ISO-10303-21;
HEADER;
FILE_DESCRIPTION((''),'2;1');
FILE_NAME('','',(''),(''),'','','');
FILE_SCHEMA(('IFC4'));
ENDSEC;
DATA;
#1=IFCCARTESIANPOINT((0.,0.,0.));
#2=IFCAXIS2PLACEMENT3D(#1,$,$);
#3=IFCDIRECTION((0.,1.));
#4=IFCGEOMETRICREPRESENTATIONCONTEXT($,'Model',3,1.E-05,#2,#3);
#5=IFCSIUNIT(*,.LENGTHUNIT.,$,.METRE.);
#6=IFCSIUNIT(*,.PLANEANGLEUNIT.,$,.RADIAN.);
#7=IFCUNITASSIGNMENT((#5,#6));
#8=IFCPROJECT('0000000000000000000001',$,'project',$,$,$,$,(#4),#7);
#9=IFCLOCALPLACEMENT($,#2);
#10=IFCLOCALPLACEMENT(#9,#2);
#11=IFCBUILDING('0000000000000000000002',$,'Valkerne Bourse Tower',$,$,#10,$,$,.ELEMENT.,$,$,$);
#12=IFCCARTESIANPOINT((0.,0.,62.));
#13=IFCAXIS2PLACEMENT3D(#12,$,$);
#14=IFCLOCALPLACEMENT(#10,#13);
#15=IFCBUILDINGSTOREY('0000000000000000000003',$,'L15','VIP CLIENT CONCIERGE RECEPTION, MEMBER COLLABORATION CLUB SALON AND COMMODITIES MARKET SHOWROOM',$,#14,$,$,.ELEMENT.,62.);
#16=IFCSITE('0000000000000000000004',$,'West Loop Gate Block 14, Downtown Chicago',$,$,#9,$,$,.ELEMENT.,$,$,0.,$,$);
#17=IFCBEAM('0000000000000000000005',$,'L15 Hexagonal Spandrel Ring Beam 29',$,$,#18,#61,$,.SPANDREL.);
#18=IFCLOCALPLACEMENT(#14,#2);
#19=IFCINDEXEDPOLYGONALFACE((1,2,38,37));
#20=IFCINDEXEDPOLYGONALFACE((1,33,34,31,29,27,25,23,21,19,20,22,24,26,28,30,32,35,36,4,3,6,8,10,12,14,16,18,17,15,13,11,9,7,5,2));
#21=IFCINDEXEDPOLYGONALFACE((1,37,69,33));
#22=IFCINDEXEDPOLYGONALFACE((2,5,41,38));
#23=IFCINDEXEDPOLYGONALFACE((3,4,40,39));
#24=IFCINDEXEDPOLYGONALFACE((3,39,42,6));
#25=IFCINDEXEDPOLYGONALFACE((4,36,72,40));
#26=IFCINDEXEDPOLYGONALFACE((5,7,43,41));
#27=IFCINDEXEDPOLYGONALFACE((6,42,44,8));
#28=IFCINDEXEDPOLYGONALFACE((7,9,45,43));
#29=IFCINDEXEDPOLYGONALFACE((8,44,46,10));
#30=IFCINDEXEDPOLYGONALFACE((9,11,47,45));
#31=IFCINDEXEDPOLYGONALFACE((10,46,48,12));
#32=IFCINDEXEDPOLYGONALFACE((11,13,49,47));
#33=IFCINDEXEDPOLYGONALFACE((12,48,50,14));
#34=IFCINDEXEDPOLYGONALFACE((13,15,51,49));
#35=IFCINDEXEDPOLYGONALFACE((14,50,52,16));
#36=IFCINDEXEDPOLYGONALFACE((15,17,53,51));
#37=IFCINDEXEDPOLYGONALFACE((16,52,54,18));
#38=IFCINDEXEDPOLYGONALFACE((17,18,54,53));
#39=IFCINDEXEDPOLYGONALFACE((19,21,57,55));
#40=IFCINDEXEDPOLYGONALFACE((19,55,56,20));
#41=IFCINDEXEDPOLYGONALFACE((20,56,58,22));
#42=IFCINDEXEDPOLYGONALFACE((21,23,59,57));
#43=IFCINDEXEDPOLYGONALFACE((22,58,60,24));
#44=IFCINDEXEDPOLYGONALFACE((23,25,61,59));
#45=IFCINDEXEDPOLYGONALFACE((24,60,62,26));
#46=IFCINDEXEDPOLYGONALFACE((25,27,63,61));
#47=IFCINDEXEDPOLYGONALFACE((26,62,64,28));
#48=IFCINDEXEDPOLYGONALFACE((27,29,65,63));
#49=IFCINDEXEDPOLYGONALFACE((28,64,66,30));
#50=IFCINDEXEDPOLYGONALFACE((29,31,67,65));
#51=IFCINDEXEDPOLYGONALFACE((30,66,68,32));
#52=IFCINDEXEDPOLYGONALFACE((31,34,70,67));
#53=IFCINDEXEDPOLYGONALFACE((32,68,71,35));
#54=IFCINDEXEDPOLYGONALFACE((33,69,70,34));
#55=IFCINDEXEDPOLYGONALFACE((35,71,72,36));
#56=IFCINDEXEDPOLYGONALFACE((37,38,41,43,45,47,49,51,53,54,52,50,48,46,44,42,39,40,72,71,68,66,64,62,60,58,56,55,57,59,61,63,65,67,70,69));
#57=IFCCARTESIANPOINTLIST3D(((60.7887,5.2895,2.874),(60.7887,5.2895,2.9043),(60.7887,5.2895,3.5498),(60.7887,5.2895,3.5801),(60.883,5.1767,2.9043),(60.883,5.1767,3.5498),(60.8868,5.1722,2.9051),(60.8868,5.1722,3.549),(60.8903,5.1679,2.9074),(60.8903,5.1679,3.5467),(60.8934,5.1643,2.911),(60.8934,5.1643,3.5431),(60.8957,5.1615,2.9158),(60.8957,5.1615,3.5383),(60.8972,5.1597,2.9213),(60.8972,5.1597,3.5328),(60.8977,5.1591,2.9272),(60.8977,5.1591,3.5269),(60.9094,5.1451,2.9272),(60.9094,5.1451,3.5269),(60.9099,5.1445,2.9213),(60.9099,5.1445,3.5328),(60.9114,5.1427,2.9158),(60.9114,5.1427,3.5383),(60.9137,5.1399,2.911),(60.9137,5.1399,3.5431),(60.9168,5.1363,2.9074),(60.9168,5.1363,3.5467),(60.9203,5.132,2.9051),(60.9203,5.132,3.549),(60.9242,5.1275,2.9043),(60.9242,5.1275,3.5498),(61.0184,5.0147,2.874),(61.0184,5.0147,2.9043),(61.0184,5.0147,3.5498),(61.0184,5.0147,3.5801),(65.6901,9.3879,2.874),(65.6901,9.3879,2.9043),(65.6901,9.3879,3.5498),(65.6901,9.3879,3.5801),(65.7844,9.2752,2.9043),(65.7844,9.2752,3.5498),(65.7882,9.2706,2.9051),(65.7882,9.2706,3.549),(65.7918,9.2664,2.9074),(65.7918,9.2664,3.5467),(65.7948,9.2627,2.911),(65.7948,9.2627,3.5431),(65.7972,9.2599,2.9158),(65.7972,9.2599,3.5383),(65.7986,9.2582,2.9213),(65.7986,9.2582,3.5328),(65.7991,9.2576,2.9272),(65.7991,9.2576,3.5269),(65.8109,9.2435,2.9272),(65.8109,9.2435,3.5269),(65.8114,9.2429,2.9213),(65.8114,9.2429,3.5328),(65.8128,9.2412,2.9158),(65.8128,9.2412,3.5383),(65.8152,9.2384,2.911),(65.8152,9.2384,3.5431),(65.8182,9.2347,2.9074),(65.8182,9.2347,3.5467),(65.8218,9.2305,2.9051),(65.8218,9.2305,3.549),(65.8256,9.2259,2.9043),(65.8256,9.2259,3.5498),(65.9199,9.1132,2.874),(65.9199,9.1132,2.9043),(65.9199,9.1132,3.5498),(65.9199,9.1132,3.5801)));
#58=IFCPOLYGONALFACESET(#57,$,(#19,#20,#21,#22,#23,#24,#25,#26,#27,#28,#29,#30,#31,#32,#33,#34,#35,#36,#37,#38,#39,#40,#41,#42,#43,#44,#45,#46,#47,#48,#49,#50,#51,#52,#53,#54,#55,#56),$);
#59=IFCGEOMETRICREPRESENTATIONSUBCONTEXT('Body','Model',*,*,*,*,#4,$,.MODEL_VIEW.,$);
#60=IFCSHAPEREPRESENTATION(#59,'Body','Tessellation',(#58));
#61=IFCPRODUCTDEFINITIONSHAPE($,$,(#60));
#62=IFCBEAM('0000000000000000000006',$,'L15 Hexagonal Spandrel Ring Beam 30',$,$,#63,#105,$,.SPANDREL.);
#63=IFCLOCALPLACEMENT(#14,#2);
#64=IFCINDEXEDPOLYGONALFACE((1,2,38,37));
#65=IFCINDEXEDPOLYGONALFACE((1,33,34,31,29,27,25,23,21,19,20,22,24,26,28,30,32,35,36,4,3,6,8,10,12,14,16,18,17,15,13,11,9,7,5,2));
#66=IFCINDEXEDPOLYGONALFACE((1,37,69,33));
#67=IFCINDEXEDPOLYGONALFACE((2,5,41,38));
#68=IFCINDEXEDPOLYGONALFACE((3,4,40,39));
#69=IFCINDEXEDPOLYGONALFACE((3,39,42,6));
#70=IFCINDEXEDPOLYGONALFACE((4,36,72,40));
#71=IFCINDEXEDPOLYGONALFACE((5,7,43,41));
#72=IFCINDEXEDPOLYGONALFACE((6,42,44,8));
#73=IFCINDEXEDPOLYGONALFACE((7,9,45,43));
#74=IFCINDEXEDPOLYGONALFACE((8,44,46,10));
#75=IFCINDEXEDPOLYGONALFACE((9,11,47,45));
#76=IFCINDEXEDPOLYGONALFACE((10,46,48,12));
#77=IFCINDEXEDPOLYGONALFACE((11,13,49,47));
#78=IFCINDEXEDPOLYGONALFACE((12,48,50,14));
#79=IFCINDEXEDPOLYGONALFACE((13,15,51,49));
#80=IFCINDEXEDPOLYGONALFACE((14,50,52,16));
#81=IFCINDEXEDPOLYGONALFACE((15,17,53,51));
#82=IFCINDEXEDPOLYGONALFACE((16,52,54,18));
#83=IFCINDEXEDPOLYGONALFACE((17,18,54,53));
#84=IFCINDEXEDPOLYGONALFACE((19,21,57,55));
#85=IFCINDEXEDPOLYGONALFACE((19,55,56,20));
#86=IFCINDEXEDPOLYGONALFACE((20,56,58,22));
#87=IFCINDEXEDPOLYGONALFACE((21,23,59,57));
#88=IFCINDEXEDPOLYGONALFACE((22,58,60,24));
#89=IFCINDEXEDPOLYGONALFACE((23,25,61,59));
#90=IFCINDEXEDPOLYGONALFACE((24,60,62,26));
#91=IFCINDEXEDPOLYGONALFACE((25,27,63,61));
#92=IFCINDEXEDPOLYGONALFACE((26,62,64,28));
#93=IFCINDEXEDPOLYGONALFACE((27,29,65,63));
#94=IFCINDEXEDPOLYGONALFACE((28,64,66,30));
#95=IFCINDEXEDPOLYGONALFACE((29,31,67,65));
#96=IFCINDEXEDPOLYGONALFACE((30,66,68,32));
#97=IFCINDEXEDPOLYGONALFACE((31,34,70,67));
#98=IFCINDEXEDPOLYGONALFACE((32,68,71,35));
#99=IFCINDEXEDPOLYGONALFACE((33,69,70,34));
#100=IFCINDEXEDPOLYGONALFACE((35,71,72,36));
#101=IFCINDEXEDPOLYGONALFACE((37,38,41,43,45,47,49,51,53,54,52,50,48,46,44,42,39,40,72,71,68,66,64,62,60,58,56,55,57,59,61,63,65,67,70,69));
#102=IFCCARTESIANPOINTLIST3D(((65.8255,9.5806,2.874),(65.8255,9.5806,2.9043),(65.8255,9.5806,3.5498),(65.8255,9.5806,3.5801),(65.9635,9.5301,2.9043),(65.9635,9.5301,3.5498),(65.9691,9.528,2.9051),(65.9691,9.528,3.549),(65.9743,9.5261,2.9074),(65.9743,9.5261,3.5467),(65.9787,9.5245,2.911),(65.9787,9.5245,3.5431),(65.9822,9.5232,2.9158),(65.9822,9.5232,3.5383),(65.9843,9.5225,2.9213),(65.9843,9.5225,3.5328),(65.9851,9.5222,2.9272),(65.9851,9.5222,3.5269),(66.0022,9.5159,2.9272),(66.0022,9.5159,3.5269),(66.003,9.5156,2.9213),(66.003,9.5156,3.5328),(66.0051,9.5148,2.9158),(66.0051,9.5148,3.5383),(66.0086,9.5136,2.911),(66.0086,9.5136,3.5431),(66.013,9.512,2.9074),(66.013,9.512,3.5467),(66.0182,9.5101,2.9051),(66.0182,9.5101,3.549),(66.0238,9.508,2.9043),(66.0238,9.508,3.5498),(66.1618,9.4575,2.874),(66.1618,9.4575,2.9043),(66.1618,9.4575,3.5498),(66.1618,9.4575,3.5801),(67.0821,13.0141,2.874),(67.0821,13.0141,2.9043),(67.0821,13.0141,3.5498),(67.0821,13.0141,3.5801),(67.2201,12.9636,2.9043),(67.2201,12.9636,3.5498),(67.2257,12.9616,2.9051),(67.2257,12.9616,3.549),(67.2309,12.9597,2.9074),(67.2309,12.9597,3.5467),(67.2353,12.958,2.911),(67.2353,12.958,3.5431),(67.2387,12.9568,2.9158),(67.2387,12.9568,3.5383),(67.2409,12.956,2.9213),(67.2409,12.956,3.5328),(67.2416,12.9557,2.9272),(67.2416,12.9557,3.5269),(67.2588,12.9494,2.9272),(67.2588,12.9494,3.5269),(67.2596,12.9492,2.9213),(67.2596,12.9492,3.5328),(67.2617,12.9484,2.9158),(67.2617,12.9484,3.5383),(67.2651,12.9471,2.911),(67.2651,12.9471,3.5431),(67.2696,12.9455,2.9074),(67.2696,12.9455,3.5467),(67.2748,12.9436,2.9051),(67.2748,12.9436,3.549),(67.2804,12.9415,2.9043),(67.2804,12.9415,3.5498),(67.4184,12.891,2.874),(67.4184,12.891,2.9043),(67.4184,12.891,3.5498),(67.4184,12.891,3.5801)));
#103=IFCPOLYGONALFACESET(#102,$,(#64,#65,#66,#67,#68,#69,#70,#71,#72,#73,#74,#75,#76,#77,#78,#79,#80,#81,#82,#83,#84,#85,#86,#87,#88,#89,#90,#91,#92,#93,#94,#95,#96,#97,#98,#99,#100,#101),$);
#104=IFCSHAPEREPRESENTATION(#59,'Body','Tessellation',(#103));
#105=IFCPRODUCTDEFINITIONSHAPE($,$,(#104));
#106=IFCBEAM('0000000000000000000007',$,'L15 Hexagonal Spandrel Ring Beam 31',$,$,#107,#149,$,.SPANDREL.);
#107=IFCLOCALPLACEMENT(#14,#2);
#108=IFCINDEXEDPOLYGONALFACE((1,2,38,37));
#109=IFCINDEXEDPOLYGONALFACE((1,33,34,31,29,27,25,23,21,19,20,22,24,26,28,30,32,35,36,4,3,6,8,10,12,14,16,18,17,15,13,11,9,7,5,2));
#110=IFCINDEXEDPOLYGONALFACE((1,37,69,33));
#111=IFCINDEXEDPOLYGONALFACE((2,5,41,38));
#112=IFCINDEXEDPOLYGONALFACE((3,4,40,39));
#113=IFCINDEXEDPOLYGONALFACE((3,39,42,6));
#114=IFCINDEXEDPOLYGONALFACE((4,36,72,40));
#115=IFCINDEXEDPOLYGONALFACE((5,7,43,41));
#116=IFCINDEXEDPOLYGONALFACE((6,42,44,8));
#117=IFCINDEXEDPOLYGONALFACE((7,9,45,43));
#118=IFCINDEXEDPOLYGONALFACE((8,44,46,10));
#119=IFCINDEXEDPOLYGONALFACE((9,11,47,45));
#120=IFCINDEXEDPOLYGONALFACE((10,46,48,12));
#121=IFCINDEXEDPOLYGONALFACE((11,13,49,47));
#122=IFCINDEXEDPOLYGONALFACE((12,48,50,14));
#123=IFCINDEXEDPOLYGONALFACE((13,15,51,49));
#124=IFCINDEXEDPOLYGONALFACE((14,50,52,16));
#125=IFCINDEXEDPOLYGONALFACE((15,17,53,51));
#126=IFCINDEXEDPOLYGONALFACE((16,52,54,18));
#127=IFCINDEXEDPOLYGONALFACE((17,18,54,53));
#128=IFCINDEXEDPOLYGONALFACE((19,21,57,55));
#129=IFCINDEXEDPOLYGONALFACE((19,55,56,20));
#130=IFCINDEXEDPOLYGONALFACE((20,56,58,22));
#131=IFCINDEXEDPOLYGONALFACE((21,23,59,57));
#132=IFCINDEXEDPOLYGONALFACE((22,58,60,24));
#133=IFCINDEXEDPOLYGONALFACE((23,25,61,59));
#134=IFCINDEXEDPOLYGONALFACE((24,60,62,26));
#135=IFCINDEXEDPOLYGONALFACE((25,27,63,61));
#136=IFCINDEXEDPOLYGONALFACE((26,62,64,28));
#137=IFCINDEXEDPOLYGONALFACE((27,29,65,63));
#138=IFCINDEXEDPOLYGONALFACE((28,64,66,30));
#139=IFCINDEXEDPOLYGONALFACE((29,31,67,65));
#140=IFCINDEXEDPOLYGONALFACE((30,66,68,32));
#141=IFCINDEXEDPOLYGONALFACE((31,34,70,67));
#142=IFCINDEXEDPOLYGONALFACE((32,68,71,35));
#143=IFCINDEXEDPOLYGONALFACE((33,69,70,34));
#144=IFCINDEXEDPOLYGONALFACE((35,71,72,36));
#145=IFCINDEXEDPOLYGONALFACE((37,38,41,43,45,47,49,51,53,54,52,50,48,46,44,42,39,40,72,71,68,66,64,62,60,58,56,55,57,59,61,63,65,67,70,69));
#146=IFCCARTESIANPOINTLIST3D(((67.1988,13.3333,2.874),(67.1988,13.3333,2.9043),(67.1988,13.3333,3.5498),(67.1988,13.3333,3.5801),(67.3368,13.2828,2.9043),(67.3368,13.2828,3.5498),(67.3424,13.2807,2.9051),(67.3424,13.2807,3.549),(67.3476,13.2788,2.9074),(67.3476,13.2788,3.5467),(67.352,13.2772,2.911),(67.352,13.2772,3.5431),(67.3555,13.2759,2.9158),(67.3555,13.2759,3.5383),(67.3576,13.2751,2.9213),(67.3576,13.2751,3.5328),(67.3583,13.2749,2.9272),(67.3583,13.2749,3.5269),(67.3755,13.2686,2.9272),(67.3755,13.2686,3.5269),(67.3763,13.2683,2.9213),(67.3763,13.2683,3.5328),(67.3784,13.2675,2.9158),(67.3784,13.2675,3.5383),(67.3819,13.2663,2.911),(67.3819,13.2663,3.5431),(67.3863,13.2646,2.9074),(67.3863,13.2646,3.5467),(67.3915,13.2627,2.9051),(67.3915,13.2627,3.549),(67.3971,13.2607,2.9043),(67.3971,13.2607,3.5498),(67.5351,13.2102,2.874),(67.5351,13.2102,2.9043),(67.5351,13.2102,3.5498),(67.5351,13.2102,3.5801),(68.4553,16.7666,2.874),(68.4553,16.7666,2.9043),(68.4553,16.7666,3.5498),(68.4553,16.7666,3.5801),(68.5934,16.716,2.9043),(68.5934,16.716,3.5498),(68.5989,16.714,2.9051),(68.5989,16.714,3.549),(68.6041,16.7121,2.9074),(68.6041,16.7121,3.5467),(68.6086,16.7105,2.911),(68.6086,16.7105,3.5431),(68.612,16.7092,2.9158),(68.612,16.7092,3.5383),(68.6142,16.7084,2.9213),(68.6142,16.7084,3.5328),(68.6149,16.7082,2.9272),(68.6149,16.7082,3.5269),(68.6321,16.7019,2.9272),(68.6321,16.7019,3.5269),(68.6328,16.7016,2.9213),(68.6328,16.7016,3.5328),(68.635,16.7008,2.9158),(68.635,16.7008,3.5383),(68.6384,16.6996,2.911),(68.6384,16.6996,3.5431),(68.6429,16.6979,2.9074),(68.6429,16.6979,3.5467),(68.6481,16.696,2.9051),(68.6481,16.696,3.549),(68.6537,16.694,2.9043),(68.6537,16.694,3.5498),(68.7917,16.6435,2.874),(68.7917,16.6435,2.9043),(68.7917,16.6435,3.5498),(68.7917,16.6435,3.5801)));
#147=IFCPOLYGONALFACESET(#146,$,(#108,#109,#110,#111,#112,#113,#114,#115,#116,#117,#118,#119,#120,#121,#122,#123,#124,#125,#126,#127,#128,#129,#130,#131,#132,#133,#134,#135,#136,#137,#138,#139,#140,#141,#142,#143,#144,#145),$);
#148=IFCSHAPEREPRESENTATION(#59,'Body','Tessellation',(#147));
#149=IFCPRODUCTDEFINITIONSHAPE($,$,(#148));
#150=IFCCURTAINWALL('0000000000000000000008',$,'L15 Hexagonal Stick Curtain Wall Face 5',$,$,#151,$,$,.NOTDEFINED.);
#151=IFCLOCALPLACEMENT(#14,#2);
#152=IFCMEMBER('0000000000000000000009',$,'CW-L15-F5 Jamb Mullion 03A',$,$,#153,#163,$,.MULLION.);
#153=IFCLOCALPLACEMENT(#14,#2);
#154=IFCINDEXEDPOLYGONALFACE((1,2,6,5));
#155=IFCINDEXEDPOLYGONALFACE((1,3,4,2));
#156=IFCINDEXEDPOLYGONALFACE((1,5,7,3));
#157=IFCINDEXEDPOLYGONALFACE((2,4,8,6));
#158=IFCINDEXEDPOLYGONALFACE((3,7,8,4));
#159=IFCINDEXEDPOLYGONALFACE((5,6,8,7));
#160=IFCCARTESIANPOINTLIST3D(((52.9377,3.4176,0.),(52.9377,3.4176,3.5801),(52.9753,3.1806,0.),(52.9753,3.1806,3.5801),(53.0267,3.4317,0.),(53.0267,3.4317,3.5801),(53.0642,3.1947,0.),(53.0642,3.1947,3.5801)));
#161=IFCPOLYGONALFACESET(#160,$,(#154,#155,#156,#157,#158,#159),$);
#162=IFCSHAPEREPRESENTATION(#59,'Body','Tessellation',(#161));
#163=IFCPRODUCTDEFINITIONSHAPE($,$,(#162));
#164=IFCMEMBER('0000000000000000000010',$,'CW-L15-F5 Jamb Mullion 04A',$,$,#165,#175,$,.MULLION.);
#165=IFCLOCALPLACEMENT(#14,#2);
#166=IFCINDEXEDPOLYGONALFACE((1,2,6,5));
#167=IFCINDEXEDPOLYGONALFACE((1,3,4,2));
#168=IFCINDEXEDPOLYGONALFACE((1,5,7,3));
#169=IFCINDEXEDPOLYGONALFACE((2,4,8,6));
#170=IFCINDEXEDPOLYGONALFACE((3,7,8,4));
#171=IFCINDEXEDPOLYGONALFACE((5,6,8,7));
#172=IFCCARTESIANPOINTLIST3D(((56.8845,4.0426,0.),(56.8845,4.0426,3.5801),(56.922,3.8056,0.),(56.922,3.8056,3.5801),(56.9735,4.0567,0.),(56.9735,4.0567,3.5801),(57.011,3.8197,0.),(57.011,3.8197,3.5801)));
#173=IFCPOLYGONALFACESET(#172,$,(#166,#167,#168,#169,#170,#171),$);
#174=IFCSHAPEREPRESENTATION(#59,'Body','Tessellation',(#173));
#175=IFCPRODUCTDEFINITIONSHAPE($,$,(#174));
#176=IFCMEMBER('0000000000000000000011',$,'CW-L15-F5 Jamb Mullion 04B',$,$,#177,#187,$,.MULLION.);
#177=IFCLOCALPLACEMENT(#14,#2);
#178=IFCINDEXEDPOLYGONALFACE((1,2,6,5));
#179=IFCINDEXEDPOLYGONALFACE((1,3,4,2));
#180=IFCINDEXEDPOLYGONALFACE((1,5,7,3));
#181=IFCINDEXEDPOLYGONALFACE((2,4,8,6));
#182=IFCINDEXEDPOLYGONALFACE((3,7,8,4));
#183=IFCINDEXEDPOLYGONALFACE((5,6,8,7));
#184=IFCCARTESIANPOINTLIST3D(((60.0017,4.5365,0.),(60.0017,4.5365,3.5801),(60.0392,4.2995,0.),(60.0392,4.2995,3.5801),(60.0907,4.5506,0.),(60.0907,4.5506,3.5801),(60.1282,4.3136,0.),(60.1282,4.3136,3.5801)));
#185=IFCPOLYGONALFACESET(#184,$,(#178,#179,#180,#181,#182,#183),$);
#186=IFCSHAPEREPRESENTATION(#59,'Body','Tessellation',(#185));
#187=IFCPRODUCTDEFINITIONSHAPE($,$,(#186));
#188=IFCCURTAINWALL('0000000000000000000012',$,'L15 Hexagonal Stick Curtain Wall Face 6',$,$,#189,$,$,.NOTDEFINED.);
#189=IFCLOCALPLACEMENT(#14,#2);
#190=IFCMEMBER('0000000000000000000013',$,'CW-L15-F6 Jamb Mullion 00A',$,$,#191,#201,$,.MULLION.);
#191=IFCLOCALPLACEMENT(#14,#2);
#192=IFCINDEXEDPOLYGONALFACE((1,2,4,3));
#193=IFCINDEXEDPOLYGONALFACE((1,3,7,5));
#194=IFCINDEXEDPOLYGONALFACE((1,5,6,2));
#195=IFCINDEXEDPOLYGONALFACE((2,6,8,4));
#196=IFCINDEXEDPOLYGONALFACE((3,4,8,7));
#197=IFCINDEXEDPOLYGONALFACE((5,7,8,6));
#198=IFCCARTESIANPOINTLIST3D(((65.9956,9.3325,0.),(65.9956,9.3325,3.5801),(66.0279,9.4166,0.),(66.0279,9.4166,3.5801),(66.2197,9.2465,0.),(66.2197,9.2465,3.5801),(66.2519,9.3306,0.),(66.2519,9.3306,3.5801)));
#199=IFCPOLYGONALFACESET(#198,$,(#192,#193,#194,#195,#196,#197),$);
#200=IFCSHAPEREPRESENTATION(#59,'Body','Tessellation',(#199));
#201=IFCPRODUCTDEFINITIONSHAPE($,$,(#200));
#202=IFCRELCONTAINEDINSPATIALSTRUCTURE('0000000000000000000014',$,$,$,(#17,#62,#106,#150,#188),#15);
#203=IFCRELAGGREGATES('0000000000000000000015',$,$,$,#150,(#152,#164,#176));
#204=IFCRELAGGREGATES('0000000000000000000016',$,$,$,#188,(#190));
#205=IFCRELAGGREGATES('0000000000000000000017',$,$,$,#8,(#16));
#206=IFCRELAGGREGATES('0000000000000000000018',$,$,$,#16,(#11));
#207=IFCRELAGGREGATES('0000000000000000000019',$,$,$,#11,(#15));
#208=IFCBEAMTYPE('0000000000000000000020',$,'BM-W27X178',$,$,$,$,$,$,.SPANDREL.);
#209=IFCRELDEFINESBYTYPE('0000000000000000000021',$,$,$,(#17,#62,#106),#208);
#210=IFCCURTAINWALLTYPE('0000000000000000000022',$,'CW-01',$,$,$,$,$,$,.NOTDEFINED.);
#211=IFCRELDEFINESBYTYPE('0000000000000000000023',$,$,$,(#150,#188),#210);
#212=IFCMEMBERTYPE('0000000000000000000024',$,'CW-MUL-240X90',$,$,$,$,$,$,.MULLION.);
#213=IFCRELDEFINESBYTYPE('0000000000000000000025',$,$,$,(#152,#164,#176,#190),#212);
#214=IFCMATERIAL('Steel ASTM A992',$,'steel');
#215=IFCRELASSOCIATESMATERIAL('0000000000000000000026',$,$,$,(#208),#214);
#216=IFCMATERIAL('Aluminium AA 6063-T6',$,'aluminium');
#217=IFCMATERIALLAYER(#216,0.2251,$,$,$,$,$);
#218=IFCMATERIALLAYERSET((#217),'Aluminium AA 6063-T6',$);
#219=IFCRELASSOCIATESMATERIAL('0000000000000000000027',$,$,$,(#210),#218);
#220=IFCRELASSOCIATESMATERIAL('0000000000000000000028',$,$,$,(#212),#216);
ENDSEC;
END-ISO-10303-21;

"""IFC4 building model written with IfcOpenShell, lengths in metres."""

from ifc_helpers import new_model, si_unit, direction, frame, origin, origin_2d, place, context, subcontext, project, spatial, rectangle, i_section, extrude, material, layer, layer_set, material_profile, profile_set, type_object, element, aggregate, save


model = new_model("IFC4")

# Units and contexts
model_context = context("Model", 3, precision=1e-05, world=origin(), true_north=direction((0.0, 1.0)))
body_context = subcontext(model_context, "Body", "Model", "MODEL_VIEW")
ifc_project = project(units=[si_unit("LENGTHUNIT", "METRE"), si_unit("PLANEANGLEUNIT", "RADIAN")], contexts=[model_context])

# Site, building, storey
site_placement = place(None, origin())
site = spatial("IfcSite", under=ifc_project, at=site_placement, Name="West Loop Gate Block 14, Downtown Chicago", CompositionType="ELEMENT", RefElevation=0.0)
building_placement = place(site_placement, origin())
building = spatial("IfcBuilding", under=site, at=building_placement, Name="Valkerne Bourse Tower", CompositionType="ELEMENT")
storey_placement = place(building_placement, frame((0.0, 0.0, 62.0)))
storey = spatial("IfcBuildingStorey", under=building, at=storey_placement, Name="L15", Description="VIP CLIENT CONCIERGE RECEPTION, MEMBER COLLABORATION CLUB SALON AND COMMODITIES MARKET SHOWROOM", CompositionType="ELEMENT", Elevation=62.0)

# Beams
ifc_material_1 = material(Name="Steel ASTM A992", Category="steel")
ifc_material_profile_1 = material_profile(ifc_material_1, i_section(OverallWidth=0.3582, OverallDepth=0.7061, WebThickness=0.0183, FlangeThickness=0.0303, FilletRadius=0.0229, at=origin_2d()), Name="W27X178")
ifc_profile_set_1 = profile_set([ifc_material_profile_1], Name="Steel ASTM A992")
beam_type = type_object("IfcBeamType", Name="BM-W27X178", PredefinedType="SPANDREL", material=ifc_profile_set_1)
beam_1_placement = place(storey_placement, frame((60.9036, 5.1521, 3.2271), z_axis=(0.767149, 0.641469, 0.0), x_axis=(-0.641469, 0.767149, 0.0)))
element("IfcBeam", 1, at=beam_1_placement, inside=storey, type_object=beam_type, Name="L15 Hexagonal Spandrel Ring Beam 29", PredefinedType="SPANDREL", context=body_context, shape_type="SweptSolid", body=[
    extrude(i_section(OverallWidth=0.3582, OverallDepth=0.7061, WebThickness=0.0183, FlangeThickness=0.0303, FilletRadius=0.0229, at=origin_2d()), origin(), (0.0, 0.0, 1.0), 6.3892),
])
beam_2_placement = place(storey_placement, frame((65.9937, 9.519, 3.2271), z_axis=(0.343678, 0.939088, 0.0), x_axis=(-0.939088, 0.343678, 0.0)))
element("IfcBeam", 2, at=beam_2_placement, inside=storey, type_object=beam_type, Name="L15 Hexagonal Spandrel Ring Beam 30", PredefinedType="SPANDREL", context=body_context, shape_type="SweptSolid", body=[
    extrude(i_section(OverallWidth=0.3582, OverallDepth=0.7061, WebThickness=0.0183, FlangeThickness=0.0303, FilletRadius=0.0229, at=origin_2d()), origin(), (0.0, 0.0, 1.0), 3.6562),
])
beam_3_placement = place(storey_placement, frame((67.3669, 13.2717, 3.2271), z_axis=(0.343699, 0.93908, 0.0), x_axis=(-0.93908, 0.343699, 0.0)))
element("IfcBeam", 3, at=beam_3_placement, inside=storey, type_object=beam_type, Name="L15 Hexagonal Spandrel Ring Beam 31", PredefinedType="SPANDREL", context=body_context, shape_type="SweptSolid", body=[
    extrude(i_section(OverallWidth=0.3582, OverallDepth=0.7061, WebThickness=0.0183, FlangeThickness=0.0303, FilletRadius=0.0229, at=origin_2d()), origin(), (0.0, 0.0, 1.0), 3.656),
])

# Curtain walls, members
ifc_material_2 = material(Name="Aluminium AA 6063-T6", Category="aluminium")
ifc_layer_1 = layer(ifc_material_2, 0.2251)
ifc_layer_set_1 = layer_set([ifc_layer_1], Name="Aluminium AA 6063-T6")
curtain_wall_type = type_object("IfcCurtainWallType", Name="CW-01", PredefinedType="NOTDEFINED", material=ifc_layer_set_1)
curtain_wall_1_placement = place(storey_placement, origin())
curtain_wall_1 = element("IfcCurtainWall", 4, at=curtain_wall_1_placement, inside=storey, type_object=curtain_wall_type, Name="L15 Hexagonal Stick Curtain Wall Face 5", PredefinedType="NOTDEFINED")
ifc_material_profile_2 = material_profile(ifc_material_2, rectangle(XDim=0.0901, YDim=0.24, at=origin_2d()), Name="CWM-90X240")
ifc_profile_set_2 = profile_set([ifc_material_profile_2], Name="Aluminium AA 6063-T6")
member_type_1 = type_object("IfcMemberType", Name="CW-MUL-240X90", PredefinedType="MULLION", material=ifc_profile_set_2)
member_1_placement = place(storey_placement, frame((53.001, 3.3062, 0.0), z_axis=(0.0, 0.0, 1.0), x_axis=(0.987689, 0.156432, 0.0)))
member_1 = element("IfcMember", 5, at=member_1_placement, type_object=member_type_1, Name="CW-L15-F5 Jamb Mullion 03A", PredefinedType="MULLION", context=body_context, shape_type="SweptSolid", body=[
    extrude(rectangle(XDim=0.0901, YDim=0.24, at=origin_2d()), origin(), (0.0, 0.0, 1.0), 3.5801),
])
member_2_placement = place(storey_placement, frame((56.9478, 3.9312, 0.0), z_axis=(0.0, 0.0, 1.0), x_axis=(0.987685, 0.156456, 0.0)))
member_2 = element("IfcMember", 6, at=member_2_placement, type_object=member_type_1, Name="CW-L15-F5 Jamb Mullion 04A", PredefinedType="MULLION", context=body_context, shape_type="SweptSolid", body=[
    extrude(rectangle(XDim=0.0901, YDim=0.24, at=origin_2d()), origin(), (0.0, 0.0, 1.0), 3.5801),
])
member_3_placement = place(storey_placement, frame((60.0649, 4.425, 0.0), z_axis=(0.0, 0.0, 1.0), x_axis=(0.987685, 0.156456, 0.0)))
member_3 = element("IfcMember", 7, at=member_3_placement, type_object=member_type_1, Name="CW-L15-F5 Jamb Mullion 04B", PredefinedType="MULLION", context=body_context, shape_type="SweptSolid", body=[
    extrude(rectangle(XDim=0.0901, YDim=0.24, at=origin_2d()), origin(), (0.0, 0.0, 1.0), 3.5801),
])
curtain_wall_2_placement = place(storey_placement, origin())
curtain_wall_2 = element("IfcCurtainWall", 8, at=curtain_wall_2_placement, inside=storey, type_object=curtain_wall_type, Name="L15 Hexagonal Stick Curtain Wall Face 6", PredefinedType="NOTDEFINED")
member_4_placement = place(storey_placement, frame((66.1238, 9.3315, 0.0), z_axis=(0.0, 0.0, 1.0), x_axis=(0.358367, 0.933581, 0.0)))
member_4 = element("IfcMember", 9, at=member_4_placement, type_object=member_type_1, Name="CW-L15-F6 Jamb Mullion 00A", PredefinedType="MULLION", context=body_context, shape_type="SweptSolid", body=[
    extrude(rectangle(XDim=0.0901, YDim=0.24, at=origin_2d()), origin(), (0.0, 0.0, 1.0), 3.5801),
])

aggregate(curtain_wall_1, [member_1, member_2, member_3])
aggregate(curtain_wall_2, [member_4])

save(model, "model.ifc")
